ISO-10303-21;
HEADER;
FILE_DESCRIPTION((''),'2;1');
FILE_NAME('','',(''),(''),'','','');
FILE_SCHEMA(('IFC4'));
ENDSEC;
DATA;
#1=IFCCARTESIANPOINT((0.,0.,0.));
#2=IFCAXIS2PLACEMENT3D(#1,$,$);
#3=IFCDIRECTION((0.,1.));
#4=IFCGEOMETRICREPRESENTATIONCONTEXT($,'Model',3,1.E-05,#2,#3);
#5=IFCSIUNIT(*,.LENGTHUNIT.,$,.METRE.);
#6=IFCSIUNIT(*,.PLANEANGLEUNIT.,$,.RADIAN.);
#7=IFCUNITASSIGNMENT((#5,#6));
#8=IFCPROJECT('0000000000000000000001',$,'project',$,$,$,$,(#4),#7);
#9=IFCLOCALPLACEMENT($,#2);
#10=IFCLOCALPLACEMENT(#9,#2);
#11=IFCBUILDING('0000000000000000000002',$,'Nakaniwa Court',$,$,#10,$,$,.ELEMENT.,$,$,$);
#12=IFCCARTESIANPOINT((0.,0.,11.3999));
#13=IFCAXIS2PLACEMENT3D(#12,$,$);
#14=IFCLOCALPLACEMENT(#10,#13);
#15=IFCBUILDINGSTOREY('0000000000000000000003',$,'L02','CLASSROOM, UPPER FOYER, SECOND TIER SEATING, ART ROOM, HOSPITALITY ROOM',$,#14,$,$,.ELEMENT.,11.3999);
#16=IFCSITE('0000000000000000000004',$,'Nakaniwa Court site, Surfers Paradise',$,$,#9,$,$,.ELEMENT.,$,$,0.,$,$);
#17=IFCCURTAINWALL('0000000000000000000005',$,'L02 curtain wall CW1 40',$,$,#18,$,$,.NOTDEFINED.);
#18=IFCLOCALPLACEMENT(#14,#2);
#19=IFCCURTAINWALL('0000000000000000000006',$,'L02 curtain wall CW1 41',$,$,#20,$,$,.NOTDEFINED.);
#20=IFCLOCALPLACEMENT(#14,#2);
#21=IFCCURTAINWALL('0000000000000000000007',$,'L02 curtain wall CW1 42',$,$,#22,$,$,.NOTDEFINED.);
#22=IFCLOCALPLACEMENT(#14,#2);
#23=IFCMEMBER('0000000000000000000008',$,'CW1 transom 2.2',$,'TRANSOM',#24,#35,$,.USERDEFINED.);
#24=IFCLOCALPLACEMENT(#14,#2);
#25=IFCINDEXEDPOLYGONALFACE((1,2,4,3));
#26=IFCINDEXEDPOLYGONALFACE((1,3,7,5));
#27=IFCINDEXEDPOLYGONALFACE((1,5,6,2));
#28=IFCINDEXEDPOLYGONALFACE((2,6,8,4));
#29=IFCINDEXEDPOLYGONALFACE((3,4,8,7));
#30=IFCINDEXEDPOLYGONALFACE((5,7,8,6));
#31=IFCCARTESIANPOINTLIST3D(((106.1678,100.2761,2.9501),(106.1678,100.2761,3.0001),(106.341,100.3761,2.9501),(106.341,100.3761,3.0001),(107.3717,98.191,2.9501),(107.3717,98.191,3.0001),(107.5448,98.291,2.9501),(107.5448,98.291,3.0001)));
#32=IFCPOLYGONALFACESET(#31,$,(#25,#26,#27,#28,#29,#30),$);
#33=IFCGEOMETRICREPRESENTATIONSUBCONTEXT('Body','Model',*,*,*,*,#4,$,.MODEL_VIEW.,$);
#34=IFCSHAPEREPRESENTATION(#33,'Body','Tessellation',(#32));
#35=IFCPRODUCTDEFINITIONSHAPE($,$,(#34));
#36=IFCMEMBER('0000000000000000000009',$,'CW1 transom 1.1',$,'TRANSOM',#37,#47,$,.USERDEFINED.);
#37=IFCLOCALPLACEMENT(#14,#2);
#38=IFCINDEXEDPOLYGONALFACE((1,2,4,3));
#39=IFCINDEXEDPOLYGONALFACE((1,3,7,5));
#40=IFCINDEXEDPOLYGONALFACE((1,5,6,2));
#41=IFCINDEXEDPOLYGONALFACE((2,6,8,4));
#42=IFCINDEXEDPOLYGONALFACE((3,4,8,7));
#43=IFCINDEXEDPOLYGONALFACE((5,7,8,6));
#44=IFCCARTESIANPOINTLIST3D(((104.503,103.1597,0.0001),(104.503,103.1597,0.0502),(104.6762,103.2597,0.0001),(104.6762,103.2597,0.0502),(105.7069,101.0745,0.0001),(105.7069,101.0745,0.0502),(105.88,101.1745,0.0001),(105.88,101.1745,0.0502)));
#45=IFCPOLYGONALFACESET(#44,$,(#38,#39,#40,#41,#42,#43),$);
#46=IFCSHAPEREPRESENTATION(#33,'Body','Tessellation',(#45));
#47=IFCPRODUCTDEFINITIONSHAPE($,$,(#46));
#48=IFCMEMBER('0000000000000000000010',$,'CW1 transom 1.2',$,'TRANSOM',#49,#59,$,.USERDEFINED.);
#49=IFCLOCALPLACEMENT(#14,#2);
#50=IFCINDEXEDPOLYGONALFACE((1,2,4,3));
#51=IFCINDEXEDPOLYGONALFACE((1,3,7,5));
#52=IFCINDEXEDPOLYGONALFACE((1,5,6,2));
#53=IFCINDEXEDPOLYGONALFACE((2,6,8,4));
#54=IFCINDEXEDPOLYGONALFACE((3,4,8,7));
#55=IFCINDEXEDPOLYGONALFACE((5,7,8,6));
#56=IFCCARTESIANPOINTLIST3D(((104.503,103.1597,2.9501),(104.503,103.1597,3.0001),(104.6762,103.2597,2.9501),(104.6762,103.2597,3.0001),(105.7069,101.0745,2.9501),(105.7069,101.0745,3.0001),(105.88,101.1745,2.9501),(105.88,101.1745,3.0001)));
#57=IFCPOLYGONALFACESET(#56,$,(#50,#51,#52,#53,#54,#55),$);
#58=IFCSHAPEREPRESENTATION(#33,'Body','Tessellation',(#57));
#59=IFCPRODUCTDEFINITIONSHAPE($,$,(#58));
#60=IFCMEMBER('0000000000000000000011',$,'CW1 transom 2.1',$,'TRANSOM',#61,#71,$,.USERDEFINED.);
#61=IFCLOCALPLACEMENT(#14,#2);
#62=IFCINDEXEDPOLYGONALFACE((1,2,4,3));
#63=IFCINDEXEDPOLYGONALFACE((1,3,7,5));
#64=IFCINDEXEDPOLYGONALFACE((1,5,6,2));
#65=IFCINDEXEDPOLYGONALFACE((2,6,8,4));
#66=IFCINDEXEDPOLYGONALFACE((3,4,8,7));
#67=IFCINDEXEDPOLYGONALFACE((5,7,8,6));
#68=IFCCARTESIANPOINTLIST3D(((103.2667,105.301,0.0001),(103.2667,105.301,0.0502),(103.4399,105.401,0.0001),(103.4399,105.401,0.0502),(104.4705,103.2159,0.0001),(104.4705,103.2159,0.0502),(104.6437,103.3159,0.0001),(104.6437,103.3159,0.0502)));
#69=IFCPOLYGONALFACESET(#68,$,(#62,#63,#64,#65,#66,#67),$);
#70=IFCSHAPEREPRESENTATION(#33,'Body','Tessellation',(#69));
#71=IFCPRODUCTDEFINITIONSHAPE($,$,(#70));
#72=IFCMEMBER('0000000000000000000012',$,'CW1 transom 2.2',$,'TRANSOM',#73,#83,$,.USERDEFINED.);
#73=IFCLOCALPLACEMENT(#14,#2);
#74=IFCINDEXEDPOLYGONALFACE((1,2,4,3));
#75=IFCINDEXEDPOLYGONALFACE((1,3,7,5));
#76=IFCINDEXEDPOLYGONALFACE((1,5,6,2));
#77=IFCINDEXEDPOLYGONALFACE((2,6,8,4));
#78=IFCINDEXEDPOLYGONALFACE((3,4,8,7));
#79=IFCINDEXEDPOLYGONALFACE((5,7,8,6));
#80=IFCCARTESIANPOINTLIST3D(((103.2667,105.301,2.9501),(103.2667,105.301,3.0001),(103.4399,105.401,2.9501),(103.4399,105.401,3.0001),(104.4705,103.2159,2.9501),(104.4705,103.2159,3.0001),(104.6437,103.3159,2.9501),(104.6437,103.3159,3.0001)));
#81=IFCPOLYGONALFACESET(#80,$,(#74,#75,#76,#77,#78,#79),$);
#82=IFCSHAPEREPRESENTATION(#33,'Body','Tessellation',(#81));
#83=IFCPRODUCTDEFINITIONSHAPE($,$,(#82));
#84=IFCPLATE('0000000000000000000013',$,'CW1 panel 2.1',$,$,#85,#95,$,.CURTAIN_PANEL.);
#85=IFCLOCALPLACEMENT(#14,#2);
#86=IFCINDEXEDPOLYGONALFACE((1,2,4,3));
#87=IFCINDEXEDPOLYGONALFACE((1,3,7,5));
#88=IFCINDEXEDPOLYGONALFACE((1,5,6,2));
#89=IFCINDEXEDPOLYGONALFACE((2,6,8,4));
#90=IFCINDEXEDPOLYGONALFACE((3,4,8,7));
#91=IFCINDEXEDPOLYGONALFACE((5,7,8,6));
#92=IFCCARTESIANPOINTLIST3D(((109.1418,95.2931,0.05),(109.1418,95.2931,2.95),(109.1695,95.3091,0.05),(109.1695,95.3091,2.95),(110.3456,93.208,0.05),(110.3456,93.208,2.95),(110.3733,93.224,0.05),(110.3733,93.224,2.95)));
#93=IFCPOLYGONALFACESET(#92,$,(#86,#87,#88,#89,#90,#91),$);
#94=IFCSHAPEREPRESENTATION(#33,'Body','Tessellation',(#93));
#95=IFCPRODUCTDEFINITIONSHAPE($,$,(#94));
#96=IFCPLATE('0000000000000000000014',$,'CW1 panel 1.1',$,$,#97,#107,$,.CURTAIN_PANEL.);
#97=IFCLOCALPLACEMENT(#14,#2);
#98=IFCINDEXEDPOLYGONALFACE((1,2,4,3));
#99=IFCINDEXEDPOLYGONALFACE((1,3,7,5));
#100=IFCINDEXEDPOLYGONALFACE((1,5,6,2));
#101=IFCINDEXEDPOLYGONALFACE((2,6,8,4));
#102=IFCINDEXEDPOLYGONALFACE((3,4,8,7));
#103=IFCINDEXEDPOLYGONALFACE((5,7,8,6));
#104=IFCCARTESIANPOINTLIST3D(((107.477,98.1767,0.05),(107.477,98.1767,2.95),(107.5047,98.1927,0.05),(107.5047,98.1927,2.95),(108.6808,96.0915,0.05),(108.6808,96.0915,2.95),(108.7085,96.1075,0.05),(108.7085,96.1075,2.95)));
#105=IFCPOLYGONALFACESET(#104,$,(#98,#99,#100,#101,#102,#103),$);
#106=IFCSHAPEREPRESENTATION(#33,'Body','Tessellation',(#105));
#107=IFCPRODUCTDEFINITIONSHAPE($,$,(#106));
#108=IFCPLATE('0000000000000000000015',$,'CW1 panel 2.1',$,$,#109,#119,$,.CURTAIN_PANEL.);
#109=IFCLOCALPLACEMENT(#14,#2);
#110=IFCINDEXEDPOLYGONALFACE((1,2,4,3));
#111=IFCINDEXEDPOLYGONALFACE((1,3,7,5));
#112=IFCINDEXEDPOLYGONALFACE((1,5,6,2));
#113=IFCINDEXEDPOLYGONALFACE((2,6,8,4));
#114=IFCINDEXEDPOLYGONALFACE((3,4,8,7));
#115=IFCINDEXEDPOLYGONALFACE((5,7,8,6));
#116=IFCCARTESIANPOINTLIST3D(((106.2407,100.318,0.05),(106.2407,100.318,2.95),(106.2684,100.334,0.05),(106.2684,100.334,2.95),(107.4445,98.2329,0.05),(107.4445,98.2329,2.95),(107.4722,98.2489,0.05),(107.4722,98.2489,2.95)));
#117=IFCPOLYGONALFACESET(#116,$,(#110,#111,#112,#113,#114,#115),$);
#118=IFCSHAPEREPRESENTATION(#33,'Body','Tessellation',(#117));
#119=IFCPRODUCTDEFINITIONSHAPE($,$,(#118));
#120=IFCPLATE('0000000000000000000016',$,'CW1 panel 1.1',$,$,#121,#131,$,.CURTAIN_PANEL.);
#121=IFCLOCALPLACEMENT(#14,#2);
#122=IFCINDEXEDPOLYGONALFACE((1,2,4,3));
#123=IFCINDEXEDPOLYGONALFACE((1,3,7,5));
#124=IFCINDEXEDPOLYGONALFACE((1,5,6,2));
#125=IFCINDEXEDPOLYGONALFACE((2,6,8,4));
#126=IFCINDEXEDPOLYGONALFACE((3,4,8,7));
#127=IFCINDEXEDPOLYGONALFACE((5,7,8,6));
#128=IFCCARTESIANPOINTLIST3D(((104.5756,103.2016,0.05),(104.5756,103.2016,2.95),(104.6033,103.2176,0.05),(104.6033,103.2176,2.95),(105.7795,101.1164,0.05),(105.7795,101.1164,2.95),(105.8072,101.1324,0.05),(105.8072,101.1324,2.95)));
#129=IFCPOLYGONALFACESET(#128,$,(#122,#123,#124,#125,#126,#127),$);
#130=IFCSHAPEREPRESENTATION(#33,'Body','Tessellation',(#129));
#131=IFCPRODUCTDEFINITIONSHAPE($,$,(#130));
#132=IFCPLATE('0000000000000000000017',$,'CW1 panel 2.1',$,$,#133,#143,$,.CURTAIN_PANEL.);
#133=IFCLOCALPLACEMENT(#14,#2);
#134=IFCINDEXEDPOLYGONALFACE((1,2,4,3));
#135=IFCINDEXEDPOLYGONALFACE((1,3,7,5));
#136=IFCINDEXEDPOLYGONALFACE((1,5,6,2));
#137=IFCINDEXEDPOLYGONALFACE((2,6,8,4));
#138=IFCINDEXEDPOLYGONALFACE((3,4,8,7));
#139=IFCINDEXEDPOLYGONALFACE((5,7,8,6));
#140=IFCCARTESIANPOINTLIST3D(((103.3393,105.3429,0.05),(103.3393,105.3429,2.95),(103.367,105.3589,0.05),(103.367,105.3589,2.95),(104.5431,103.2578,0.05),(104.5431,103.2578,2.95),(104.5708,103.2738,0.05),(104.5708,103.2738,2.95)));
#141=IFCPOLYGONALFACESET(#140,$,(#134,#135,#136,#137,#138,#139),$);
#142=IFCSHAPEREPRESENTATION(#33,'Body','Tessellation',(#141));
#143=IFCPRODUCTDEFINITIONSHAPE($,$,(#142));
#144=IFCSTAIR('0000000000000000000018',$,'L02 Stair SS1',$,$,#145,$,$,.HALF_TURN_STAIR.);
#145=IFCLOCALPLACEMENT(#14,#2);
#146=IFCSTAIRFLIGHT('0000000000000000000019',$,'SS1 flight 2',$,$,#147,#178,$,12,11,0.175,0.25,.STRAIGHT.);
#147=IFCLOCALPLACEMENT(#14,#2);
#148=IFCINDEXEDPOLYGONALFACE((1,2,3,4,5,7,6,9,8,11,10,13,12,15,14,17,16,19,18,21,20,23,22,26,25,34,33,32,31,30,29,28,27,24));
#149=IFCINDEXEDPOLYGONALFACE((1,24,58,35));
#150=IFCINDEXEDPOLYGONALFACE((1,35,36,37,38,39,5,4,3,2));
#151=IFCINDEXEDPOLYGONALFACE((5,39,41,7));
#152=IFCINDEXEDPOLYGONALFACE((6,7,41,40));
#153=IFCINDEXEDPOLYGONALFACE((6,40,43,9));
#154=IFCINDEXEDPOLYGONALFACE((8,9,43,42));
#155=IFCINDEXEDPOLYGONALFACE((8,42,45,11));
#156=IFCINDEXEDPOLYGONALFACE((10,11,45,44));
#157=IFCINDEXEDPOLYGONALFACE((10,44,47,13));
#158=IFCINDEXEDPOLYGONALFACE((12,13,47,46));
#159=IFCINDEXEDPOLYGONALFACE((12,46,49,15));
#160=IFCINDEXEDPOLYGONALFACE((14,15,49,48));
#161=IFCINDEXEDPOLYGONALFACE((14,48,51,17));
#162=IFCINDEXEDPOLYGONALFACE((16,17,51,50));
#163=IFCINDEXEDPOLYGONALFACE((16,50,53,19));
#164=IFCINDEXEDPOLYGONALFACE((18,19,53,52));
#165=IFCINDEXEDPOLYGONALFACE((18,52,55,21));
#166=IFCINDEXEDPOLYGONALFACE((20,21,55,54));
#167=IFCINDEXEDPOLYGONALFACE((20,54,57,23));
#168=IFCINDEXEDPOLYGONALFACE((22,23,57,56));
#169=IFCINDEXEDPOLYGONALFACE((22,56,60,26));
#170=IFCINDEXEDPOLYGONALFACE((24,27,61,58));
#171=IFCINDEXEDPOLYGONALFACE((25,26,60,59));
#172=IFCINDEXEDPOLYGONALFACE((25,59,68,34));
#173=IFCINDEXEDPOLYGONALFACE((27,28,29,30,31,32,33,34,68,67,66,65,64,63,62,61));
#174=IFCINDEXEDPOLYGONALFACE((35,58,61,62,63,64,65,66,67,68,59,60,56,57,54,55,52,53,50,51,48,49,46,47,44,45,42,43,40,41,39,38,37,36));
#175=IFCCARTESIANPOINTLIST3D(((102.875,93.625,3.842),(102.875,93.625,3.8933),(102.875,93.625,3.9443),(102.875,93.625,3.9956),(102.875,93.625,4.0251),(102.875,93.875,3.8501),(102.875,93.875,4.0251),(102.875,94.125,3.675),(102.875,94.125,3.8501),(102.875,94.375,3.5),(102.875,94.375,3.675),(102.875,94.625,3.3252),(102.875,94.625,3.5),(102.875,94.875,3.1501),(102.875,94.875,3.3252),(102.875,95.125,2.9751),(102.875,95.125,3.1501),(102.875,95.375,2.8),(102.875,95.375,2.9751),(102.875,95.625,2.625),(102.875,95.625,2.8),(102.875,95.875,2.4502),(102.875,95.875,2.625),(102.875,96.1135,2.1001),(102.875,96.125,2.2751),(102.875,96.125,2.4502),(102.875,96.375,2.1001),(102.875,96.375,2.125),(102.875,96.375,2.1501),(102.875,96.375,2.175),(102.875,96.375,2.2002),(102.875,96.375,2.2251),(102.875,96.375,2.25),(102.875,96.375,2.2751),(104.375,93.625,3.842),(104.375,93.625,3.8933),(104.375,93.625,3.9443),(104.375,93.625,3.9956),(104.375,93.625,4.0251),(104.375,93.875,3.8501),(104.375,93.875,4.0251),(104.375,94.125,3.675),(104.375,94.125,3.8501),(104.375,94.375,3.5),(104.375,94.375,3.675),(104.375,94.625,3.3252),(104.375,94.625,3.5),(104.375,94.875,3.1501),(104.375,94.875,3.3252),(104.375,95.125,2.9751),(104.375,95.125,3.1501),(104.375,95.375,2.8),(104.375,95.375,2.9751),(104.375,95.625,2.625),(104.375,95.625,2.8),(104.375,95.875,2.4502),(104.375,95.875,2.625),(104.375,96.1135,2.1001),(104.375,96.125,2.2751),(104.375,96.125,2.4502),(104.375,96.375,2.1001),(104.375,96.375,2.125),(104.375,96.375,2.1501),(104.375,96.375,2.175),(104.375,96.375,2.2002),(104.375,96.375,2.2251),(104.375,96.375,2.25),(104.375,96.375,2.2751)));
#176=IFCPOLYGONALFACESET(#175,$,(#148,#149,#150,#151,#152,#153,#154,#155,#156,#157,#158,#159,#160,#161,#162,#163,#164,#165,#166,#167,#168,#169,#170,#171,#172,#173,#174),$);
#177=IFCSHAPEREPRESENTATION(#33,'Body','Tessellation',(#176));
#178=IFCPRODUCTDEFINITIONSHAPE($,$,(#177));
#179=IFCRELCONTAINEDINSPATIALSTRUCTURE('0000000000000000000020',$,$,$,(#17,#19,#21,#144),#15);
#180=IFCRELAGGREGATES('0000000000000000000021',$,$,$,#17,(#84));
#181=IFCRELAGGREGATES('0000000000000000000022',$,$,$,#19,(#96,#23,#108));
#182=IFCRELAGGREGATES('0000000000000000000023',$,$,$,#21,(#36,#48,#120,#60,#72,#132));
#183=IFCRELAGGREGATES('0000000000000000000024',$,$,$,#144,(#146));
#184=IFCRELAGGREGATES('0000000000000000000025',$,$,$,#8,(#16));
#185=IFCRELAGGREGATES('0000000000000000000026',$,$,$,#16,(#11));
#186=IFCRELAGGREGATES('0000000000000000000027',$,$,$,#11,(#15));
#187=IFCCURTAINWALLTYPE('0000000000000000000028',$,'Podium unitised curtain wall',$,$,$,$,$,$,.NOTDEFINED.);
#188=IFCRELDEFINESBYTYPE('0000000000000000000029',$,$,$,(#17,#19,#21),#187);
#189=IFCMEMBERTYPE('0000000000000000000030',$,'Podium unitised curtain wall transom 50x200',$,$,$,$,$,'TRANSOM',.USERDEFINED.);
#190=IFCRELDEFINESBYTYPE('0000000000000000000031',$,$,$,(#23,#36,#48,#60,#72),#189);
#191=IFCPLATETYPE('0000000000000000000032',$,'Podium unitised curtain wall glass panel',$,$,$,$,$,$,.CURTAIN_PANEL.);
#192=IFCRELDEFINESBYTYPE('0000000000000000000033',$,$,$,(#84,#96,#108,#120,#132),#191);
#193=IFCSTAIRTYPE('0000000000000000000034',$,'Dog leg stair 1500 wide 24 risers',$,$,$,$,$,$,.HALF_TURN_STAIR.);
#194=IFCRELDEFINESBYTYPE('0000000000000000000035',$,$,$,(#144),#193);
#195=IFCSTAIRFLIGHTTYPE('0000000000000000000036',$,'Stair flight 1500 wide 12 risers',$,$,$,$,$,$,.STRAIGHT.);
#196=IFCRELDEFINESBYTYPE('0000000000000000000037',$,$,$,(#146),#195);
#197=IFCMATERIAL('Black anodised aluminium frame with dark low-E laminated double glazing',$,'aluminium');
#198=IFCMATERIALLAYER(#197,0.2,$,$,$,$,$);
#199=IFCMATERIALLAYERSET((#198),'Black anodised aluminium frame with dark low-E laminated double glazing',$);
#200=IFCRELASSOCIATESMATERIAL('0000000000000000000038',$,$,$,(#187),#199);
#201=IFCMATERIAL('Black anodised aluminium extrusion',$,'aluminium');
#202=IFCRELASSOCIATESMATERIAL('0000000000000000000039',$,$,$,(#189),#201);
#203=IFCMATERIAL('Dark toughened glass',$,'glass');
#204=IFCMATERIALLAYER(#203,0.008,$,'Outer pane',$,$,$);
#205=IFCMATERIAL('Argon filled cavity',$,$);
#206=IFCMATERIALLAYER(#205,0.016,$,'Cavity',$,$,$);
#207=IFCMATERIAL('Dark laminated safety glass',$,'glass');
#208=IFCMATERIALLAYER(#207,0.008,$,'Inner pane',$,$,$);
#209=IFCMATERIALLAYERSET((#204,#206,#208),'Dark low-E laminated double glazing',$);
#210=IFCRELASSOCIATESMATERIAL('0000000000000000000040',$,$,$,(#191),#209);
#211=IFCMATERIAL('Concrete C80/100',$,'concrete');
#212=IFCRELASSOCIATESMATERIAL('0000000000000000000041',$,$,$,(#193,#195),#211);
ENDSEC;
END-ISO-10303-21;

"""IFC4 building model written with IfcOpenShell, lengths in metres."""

from ifc_helpers import new_model, si_unit, direction, frame, origin, origin_2d, place, context, subcontext, project, spatial, polyline, rectangle, outline, extrude, material, layer, layer_set, material_profile, profile_set, type_object, element, aggregate, save


model = new_model("IFC4")

# Units and contexts
model_context = context("Model", 3, precision=1e-05, world=origin(), true_north=direction((0.0, 1.0)))
body_context = subcontext(model_context, "Body", "Model", "MODEL_VIEW")
ifc_project = project(units=[si_unit("LENGTHUNIT", "METRE"), si_unit("PLANEANGLEUNIT", "RADIAN")], contexts=[model_context])

# Site, building, storey
site_placement = place(None, origin())
site = spatial("IfcSite", under=ifc_project, at=site_placement, Name="Nakaniwa Court site, Surfers Paradise", CompositionType="ELEMENT", RefElevation=0.0)
building_placement = place(site_placement, origin())
building = spatial("IfcBuilding", under=site, at=building_placement, Name="Nakaniwa Court", CompositionType="ELEMENT")
storey_placement = place(building_placement, frame((0.0, 0.0, 11.3999)))
storey = spatial("IfcBuildingStorey", under=building, at=storey_placement, Name="L02", Description="CLASSROOM, UPPER FOYER, SECOND TIER SEATING, ART ROOM, HOSPITALITY ROOM", CompositionType="ELEMENT", Elevation=11.3999)

# Curtain wall
ifc_material_1 = material(Name="Black anodised aluminium frame with dark low-E laminated double glazing", Category="aluminium")
ifc_layer_1 = layer(ifc_material_1, 0.2)
ifc_layer_set_1 = layer_set([ifc_layer_1], Name="Black anodised aluminium frame with dark low-E laminated double glazing")
curtain_wall_type = type_object("IfcCurtainWallType", Name="Podium unitised curtain wall", PredefinedType="NOTDEFINED", material=ifc_layer_set_1)
curtain_wall_1_placement = place(storey_placement, origin())
curtain_wall_1 = element("IfcCurtainWall", 1, at=curtain_wall_1_placement, inside=storey, type_object=curtain_wall_type, Name="L02 curtain wall CW1 40", PredefinedType="NOTDEFINED")
ifc_material_2 = material(Name="Black anodised aluminium extrusion", Category="aluminium")

# Curtain walls
curtain_wall_2_placement = place(storey_placement, origin())
curtain_wall_2 = element("IfcCurtainWall", 2, at=curtain_wall_2_placement, inside=storey, type_object=curtain_wall_type, Name="L02 curtain wall CW1 41", PredefinedType="NOTDEFINED")
curtain_wall_3_placement = place(storey_placement, origin())
curtain_wall_3 = element("IfcCurtainWall", 3, at=curtain_wall_3_placement, inside=storey, type_object=curtain_wall_type, Name="L02 curtain wall CW1 42", PredefinedType="NOTDEFINED")

# Members
ifc_material_profile_1 = material_profile(ifc_material_2, rectangle(XDim=0.2, YDim=0.05, at=origin_2d()), Name="Podium unitised curtain wall transom 50x200")
ifc_profile_set_1 = profile_set([ifc_material_profile_1], Name="Black anodised aluminium extrusion")
member_type_1 = type_object("IfcMemberType", Name="Podium unitised curtain wall transom 50x200", ElementType="TRANSOM", PredefinedType="USERDEFINED", material=ifc_profile_set_1)
member_1_placement = place(storey_placement, frame((107.4583, 98.241, 2.9751), z_axis=(-0.499989, 0.866032, 0.0), x_axis=(-0.866032, -0.499989, 0.0)))
member_1 = element("IfcMember", 4, at=member_1_placement, type_object=member_type_1, Name="CW1 transom 2.2", ObjectType="TRANSOM", PredefinedType="USERDEFINED", context=body_context, shape_type="SweptSolid", body=[
    extrude(rectangle(XDim=0.2, YDim=0.05, at=origin_2d()), origin(), (0.0, 0.0, 1.0), 2.4077),
])
member_2_placement = place(storey_placement, frame((105.7935, 101.1245, 0.0251), z_axis=(-0.499989, 0.866032, 0.0), x_axis=(-0.866032, -0.499989, 0.0)))
member_2 = element("IfcMember", 5, at=member_2_placement, type_object=member_type_1, Name="CW1 transom 1.1", ObjectType="TRANSOM", PredefinedType="USERDEFINED", context=body_context, shape_type="SweptSolid", body=[
    extrude(rectangle(XDim=0.2, YDim=0.05, at=origin_2d()), origin(), (0.0, 0.0, 1.0), 2.4077),
])
member_3_placement = place(storey_placement, frame((105.7935, 101.1245, 2.9751), z_axis=(-0.499989, 0.866032, 0.0), x_axis=(-0.866032, -0.499989, 0.0)))
member_3 = element("IfcMember", 6, at=member_3_placement, type_object=member_type_1, Name="CW1 transom 1.2", ObjectType="TRANSOM", PredefinedType="USERDEFINED", context=body_context, shape_type="SweptSolid", body=[
    extrude(rectangle(XDim=0.2, YDim=0.05, at=origin_2d()), origin(), (0.0, 0.0, 1.0), 2.4077),
])
member_4_placement = place(storey_placement, frame((104.5571, 103.2659, 0.0251), z_axis=(-0.499989, 0.866032, 0.0), x_axis=(-0.866032, -0.499989, 0.0)))
member_4 = element("IfcMember", 7, at=member_4_placement, type_object=member_type_1, Name="CW1 transom 2.1", ObjectType="TRANSOM", PredefinedType="USERDEFINED", context=body_context, shape_type="SweptSolid", body=[
    extrude(rectangle(XDim=0.2, YDim=0.05, at=origin_2d()), origin(), (0.0, 0.0, 1.0), 2.4077),
])
member_5_placement = place(storey_placement, frame((104.5571, 103.2659, 2.9751), z_axis=(-0.499989, 0.866032, 0.0), x_axis=(-0.866032, -0.499989, 0.0)))
member_5 = element("IfcMember", 8, at=member_5_placement, type_object=member_type_1, Name="CW1 transom 2.2", ObjectType="TRANSOM", PredefinedType="USERDEFINED", context=body_context, shape_type="SweptSolid", body=[
    extrude(rectangle(XDim=0.2, YDim=0.05, at=origin_2d()), origin(), (0.0, 0.0, 1.0), 2.4077),
])

# Plates
ifc_material_3 = material(Name="Dark toughened glass", Category="glass")
ifc_layer_2 = layer(ifc_material_3, 0.008, Name="Outer pane")
ifc_material_4 = material(Name="Argon filled cavity")
ifc_layer_3 = layer(ifc_material_4, 0.016, Name="Cavity")
ifc_material_5 = material(Name="Dark laminated safety glass", Category="glass")
ifc_layer_4 = layer(ifc_material_5, 0.008, Name="Inner pane")
ifc_layer_set_2 = layer_set([ifc_layer_2, ifc_layer_3, ifc_layer_4], Name="Dark low-E laminated double glazing")
plate_type = type_object("IfcPlateType", Name="Podium unitised curtain wall glass panel", PredefinedType="CURTAIN_PANEL", material=ifc_layer_set_2)
plate_1_placement = place(storey_placement, frame((109.7576, 94.2585, 0.05), z_axis=(0.0, 0.0, 1.0), x_axis=(-0.499988, 0.866032, 0.0)))
plate_1 = element("IfcPlate", 9, at=plate_1_placement, type_object=plate_type, Name="CW1 panel 2.1", PredefinedType="CURTAIN_PANEL", context=body_context, shape_type="SweptSolid", body=[
    extrude(rectangle(XDim=2.4077, YDim=0.032, at=origin_2d()), origin(), (0.0, 0.0, 1.0), 2.8999),
])
aggregate(curtain_wall_1, [plate_1])
plate_2_placement = place(storey_placement, frame((108.0928, 97.1421, 0.05), z_axis=(0.0, 0.0, 1.0), x_axis=(-0.499994, 0.866029, 0.0)))
plate_2 = element("IfcPlate", 10, at=plate_2_placement, type_object=plate_type, Name="CW1 panel 1.1", PredefinedType="CURTAIN_PANEL", context=body_context, shape_type="SweptSolid", body=[
    extrude(rectangle(XDim=2.4077, YDim=0.032, at=origin_2d()), origin(), (0.0, 0.0, 1.0), 2.8999),
])
plate_3_placement = place(storey_placement, frame((106.8564, 99.2834, 0.05), z_axis=(0.0, 0.0, 1.0), x_axis=(-0.499994, 0.866029, 0.0)))
plate_3 = element("IfcPlate", 11, at=plate_3_placement, type_object=plate_type, Name="CW1 panel 2.1", PredefinedType="CURTAIN_PANEL", context=body_context, shape_type="SweptSolid", body=[
    extrude(rectangle(XDim=2.4077, YDim=0.032, at=origin_2d()), origin(), (0.0, 0.0, 1.0), 2.8999),
])
aggregate(curtain_wall_2, [plate_2, member_1, plate_3])
plate_4_placement = place(storey_placement, frame((105.1914, 102.167, 0.05), z_axis=(0.0, 0.0, 1.0), x_axis=(-0.499988, 0.866032, 0.0)))
plate_4 = element("IfcPlate", 12, at=plate_4_placement, type_object=plate_type, Name="CW1 panel 1.1", PredefinedType="CURTAIN_PANEL", context=body_context, shape_type="SweptSolid", body=[
    extrude(rectangle(XDim=2.4077, YDim=0.032, at=origin_2d()), origin(), (0.0, 0.0, 1.0), 2.8999),
])
plate_5_placement = place(storey_placement, frame((103.9551, 104.3083, 0.05), z_axis=(0.0, 0.0, 1.0), x_axis=(-0.499988, 0.866032, 0.0)))
plate_5 = element("IfcPlate", 13, at=plate_5_placement, type_object=plate_type, Name="CW1 panel 2.1", PredefinedType="CURTAIN_PANEL", context=body_context, shape_type="SweptSolid", body=[
    extrude(rectangle(XDim=2.4077, YDim=0.032, at=origin_2d()), origin(), (0.0, 0.0, 1.0), 2.8999),
])
aggregate(curtain_wall_3, [member_2, member_3, plate_4, member_4, member_5, plate_5])

# Stair, stair flight
ifc_material_6 = material(Name="Concrete C80/100", Category="concrete")
stair_type = type_object("IfcStairType", Name="Dog leg stair 1500 wide 24 risers", PredefinedType="HALF_TURN_STAIR", material=ifc_material_6)
stair_placement = place(storey_placement, origin())
stair = element("IfcStair", 14, at=stair_placement, inside=storey, type_object=stair_type, Name="L02 Stair SS1", PredefinedType="HALF_TURN_STAIR")
stair_flight_type = type_object("IfcStairFlightType", Name="Stair flight 1500 wide 12 risers", PredefinedType="STRAIGHT", material=ifc_material_6)
stair_flight_placement = place(storey_placement, frame((103.625, 96.375, 2.1001), z_axis=(0.0, 0.0, 1.0), x_axis=(0.0, -1.0, 0.0)))
stair_flight = element("IfcStairFlight", 15, at=stair_flight_placement, type_object=stair_flight_type, Name="SS1 flight 2", NumberOfRisers=12, NumberOfTreads=11, PredefinedType="STRAIGHT", RiserHeight=0.175, TreadLength=0.25, context=body_context, shape_type="SweptSolid", body=[
    extrude(outline(polyline([(0.0, 0.0), (0.0, 0.0249), (0.0, 0.05), (0.0, 0.075), (0.0, 0.1001), (0.0, 0.125), (0.0, 0.1499), (0.0, 0.175), (0.25, 0.175), (0.25, 0.3501), (0.5, 0.3501), (0.5, 0.5249), (0.75, 0.5249), (0.75, 0.7), (1.0, 0.7), (1.0, 0.875), (1.25, 0.875), (1.25, 1.05), (1.5, 1.05), (1.5, 1.2251), (1.75, 1.2251), (1.75, 1.3999), (2.0, 1.3999), (2.0, 1.575), (2.25, 1.575), (2.25, 1.75), (2.5, 1.75), (2.5, 1.925), (2.75, 1.925), (2.75, 2.1001), (2.75, 2.0488), (2.75, 1.9978), (2.75, 1.9465), (2.75, 1.8955), (2.75, 1.8442), (2.75, 1.7932), (2.75, 1.7419), (0.2615, 0.0), (0.0, 0.0)])), frame((0.0, 0.75, 0.0), z_axis=(0.0, -1.0, 0.0), x_axis=(1.0, 0.0, 0.0)), (0.0, 0.0, 1.0), 1.5),
])
aggregate(stair, [stair_flight])

save(model, "model.ifc")
